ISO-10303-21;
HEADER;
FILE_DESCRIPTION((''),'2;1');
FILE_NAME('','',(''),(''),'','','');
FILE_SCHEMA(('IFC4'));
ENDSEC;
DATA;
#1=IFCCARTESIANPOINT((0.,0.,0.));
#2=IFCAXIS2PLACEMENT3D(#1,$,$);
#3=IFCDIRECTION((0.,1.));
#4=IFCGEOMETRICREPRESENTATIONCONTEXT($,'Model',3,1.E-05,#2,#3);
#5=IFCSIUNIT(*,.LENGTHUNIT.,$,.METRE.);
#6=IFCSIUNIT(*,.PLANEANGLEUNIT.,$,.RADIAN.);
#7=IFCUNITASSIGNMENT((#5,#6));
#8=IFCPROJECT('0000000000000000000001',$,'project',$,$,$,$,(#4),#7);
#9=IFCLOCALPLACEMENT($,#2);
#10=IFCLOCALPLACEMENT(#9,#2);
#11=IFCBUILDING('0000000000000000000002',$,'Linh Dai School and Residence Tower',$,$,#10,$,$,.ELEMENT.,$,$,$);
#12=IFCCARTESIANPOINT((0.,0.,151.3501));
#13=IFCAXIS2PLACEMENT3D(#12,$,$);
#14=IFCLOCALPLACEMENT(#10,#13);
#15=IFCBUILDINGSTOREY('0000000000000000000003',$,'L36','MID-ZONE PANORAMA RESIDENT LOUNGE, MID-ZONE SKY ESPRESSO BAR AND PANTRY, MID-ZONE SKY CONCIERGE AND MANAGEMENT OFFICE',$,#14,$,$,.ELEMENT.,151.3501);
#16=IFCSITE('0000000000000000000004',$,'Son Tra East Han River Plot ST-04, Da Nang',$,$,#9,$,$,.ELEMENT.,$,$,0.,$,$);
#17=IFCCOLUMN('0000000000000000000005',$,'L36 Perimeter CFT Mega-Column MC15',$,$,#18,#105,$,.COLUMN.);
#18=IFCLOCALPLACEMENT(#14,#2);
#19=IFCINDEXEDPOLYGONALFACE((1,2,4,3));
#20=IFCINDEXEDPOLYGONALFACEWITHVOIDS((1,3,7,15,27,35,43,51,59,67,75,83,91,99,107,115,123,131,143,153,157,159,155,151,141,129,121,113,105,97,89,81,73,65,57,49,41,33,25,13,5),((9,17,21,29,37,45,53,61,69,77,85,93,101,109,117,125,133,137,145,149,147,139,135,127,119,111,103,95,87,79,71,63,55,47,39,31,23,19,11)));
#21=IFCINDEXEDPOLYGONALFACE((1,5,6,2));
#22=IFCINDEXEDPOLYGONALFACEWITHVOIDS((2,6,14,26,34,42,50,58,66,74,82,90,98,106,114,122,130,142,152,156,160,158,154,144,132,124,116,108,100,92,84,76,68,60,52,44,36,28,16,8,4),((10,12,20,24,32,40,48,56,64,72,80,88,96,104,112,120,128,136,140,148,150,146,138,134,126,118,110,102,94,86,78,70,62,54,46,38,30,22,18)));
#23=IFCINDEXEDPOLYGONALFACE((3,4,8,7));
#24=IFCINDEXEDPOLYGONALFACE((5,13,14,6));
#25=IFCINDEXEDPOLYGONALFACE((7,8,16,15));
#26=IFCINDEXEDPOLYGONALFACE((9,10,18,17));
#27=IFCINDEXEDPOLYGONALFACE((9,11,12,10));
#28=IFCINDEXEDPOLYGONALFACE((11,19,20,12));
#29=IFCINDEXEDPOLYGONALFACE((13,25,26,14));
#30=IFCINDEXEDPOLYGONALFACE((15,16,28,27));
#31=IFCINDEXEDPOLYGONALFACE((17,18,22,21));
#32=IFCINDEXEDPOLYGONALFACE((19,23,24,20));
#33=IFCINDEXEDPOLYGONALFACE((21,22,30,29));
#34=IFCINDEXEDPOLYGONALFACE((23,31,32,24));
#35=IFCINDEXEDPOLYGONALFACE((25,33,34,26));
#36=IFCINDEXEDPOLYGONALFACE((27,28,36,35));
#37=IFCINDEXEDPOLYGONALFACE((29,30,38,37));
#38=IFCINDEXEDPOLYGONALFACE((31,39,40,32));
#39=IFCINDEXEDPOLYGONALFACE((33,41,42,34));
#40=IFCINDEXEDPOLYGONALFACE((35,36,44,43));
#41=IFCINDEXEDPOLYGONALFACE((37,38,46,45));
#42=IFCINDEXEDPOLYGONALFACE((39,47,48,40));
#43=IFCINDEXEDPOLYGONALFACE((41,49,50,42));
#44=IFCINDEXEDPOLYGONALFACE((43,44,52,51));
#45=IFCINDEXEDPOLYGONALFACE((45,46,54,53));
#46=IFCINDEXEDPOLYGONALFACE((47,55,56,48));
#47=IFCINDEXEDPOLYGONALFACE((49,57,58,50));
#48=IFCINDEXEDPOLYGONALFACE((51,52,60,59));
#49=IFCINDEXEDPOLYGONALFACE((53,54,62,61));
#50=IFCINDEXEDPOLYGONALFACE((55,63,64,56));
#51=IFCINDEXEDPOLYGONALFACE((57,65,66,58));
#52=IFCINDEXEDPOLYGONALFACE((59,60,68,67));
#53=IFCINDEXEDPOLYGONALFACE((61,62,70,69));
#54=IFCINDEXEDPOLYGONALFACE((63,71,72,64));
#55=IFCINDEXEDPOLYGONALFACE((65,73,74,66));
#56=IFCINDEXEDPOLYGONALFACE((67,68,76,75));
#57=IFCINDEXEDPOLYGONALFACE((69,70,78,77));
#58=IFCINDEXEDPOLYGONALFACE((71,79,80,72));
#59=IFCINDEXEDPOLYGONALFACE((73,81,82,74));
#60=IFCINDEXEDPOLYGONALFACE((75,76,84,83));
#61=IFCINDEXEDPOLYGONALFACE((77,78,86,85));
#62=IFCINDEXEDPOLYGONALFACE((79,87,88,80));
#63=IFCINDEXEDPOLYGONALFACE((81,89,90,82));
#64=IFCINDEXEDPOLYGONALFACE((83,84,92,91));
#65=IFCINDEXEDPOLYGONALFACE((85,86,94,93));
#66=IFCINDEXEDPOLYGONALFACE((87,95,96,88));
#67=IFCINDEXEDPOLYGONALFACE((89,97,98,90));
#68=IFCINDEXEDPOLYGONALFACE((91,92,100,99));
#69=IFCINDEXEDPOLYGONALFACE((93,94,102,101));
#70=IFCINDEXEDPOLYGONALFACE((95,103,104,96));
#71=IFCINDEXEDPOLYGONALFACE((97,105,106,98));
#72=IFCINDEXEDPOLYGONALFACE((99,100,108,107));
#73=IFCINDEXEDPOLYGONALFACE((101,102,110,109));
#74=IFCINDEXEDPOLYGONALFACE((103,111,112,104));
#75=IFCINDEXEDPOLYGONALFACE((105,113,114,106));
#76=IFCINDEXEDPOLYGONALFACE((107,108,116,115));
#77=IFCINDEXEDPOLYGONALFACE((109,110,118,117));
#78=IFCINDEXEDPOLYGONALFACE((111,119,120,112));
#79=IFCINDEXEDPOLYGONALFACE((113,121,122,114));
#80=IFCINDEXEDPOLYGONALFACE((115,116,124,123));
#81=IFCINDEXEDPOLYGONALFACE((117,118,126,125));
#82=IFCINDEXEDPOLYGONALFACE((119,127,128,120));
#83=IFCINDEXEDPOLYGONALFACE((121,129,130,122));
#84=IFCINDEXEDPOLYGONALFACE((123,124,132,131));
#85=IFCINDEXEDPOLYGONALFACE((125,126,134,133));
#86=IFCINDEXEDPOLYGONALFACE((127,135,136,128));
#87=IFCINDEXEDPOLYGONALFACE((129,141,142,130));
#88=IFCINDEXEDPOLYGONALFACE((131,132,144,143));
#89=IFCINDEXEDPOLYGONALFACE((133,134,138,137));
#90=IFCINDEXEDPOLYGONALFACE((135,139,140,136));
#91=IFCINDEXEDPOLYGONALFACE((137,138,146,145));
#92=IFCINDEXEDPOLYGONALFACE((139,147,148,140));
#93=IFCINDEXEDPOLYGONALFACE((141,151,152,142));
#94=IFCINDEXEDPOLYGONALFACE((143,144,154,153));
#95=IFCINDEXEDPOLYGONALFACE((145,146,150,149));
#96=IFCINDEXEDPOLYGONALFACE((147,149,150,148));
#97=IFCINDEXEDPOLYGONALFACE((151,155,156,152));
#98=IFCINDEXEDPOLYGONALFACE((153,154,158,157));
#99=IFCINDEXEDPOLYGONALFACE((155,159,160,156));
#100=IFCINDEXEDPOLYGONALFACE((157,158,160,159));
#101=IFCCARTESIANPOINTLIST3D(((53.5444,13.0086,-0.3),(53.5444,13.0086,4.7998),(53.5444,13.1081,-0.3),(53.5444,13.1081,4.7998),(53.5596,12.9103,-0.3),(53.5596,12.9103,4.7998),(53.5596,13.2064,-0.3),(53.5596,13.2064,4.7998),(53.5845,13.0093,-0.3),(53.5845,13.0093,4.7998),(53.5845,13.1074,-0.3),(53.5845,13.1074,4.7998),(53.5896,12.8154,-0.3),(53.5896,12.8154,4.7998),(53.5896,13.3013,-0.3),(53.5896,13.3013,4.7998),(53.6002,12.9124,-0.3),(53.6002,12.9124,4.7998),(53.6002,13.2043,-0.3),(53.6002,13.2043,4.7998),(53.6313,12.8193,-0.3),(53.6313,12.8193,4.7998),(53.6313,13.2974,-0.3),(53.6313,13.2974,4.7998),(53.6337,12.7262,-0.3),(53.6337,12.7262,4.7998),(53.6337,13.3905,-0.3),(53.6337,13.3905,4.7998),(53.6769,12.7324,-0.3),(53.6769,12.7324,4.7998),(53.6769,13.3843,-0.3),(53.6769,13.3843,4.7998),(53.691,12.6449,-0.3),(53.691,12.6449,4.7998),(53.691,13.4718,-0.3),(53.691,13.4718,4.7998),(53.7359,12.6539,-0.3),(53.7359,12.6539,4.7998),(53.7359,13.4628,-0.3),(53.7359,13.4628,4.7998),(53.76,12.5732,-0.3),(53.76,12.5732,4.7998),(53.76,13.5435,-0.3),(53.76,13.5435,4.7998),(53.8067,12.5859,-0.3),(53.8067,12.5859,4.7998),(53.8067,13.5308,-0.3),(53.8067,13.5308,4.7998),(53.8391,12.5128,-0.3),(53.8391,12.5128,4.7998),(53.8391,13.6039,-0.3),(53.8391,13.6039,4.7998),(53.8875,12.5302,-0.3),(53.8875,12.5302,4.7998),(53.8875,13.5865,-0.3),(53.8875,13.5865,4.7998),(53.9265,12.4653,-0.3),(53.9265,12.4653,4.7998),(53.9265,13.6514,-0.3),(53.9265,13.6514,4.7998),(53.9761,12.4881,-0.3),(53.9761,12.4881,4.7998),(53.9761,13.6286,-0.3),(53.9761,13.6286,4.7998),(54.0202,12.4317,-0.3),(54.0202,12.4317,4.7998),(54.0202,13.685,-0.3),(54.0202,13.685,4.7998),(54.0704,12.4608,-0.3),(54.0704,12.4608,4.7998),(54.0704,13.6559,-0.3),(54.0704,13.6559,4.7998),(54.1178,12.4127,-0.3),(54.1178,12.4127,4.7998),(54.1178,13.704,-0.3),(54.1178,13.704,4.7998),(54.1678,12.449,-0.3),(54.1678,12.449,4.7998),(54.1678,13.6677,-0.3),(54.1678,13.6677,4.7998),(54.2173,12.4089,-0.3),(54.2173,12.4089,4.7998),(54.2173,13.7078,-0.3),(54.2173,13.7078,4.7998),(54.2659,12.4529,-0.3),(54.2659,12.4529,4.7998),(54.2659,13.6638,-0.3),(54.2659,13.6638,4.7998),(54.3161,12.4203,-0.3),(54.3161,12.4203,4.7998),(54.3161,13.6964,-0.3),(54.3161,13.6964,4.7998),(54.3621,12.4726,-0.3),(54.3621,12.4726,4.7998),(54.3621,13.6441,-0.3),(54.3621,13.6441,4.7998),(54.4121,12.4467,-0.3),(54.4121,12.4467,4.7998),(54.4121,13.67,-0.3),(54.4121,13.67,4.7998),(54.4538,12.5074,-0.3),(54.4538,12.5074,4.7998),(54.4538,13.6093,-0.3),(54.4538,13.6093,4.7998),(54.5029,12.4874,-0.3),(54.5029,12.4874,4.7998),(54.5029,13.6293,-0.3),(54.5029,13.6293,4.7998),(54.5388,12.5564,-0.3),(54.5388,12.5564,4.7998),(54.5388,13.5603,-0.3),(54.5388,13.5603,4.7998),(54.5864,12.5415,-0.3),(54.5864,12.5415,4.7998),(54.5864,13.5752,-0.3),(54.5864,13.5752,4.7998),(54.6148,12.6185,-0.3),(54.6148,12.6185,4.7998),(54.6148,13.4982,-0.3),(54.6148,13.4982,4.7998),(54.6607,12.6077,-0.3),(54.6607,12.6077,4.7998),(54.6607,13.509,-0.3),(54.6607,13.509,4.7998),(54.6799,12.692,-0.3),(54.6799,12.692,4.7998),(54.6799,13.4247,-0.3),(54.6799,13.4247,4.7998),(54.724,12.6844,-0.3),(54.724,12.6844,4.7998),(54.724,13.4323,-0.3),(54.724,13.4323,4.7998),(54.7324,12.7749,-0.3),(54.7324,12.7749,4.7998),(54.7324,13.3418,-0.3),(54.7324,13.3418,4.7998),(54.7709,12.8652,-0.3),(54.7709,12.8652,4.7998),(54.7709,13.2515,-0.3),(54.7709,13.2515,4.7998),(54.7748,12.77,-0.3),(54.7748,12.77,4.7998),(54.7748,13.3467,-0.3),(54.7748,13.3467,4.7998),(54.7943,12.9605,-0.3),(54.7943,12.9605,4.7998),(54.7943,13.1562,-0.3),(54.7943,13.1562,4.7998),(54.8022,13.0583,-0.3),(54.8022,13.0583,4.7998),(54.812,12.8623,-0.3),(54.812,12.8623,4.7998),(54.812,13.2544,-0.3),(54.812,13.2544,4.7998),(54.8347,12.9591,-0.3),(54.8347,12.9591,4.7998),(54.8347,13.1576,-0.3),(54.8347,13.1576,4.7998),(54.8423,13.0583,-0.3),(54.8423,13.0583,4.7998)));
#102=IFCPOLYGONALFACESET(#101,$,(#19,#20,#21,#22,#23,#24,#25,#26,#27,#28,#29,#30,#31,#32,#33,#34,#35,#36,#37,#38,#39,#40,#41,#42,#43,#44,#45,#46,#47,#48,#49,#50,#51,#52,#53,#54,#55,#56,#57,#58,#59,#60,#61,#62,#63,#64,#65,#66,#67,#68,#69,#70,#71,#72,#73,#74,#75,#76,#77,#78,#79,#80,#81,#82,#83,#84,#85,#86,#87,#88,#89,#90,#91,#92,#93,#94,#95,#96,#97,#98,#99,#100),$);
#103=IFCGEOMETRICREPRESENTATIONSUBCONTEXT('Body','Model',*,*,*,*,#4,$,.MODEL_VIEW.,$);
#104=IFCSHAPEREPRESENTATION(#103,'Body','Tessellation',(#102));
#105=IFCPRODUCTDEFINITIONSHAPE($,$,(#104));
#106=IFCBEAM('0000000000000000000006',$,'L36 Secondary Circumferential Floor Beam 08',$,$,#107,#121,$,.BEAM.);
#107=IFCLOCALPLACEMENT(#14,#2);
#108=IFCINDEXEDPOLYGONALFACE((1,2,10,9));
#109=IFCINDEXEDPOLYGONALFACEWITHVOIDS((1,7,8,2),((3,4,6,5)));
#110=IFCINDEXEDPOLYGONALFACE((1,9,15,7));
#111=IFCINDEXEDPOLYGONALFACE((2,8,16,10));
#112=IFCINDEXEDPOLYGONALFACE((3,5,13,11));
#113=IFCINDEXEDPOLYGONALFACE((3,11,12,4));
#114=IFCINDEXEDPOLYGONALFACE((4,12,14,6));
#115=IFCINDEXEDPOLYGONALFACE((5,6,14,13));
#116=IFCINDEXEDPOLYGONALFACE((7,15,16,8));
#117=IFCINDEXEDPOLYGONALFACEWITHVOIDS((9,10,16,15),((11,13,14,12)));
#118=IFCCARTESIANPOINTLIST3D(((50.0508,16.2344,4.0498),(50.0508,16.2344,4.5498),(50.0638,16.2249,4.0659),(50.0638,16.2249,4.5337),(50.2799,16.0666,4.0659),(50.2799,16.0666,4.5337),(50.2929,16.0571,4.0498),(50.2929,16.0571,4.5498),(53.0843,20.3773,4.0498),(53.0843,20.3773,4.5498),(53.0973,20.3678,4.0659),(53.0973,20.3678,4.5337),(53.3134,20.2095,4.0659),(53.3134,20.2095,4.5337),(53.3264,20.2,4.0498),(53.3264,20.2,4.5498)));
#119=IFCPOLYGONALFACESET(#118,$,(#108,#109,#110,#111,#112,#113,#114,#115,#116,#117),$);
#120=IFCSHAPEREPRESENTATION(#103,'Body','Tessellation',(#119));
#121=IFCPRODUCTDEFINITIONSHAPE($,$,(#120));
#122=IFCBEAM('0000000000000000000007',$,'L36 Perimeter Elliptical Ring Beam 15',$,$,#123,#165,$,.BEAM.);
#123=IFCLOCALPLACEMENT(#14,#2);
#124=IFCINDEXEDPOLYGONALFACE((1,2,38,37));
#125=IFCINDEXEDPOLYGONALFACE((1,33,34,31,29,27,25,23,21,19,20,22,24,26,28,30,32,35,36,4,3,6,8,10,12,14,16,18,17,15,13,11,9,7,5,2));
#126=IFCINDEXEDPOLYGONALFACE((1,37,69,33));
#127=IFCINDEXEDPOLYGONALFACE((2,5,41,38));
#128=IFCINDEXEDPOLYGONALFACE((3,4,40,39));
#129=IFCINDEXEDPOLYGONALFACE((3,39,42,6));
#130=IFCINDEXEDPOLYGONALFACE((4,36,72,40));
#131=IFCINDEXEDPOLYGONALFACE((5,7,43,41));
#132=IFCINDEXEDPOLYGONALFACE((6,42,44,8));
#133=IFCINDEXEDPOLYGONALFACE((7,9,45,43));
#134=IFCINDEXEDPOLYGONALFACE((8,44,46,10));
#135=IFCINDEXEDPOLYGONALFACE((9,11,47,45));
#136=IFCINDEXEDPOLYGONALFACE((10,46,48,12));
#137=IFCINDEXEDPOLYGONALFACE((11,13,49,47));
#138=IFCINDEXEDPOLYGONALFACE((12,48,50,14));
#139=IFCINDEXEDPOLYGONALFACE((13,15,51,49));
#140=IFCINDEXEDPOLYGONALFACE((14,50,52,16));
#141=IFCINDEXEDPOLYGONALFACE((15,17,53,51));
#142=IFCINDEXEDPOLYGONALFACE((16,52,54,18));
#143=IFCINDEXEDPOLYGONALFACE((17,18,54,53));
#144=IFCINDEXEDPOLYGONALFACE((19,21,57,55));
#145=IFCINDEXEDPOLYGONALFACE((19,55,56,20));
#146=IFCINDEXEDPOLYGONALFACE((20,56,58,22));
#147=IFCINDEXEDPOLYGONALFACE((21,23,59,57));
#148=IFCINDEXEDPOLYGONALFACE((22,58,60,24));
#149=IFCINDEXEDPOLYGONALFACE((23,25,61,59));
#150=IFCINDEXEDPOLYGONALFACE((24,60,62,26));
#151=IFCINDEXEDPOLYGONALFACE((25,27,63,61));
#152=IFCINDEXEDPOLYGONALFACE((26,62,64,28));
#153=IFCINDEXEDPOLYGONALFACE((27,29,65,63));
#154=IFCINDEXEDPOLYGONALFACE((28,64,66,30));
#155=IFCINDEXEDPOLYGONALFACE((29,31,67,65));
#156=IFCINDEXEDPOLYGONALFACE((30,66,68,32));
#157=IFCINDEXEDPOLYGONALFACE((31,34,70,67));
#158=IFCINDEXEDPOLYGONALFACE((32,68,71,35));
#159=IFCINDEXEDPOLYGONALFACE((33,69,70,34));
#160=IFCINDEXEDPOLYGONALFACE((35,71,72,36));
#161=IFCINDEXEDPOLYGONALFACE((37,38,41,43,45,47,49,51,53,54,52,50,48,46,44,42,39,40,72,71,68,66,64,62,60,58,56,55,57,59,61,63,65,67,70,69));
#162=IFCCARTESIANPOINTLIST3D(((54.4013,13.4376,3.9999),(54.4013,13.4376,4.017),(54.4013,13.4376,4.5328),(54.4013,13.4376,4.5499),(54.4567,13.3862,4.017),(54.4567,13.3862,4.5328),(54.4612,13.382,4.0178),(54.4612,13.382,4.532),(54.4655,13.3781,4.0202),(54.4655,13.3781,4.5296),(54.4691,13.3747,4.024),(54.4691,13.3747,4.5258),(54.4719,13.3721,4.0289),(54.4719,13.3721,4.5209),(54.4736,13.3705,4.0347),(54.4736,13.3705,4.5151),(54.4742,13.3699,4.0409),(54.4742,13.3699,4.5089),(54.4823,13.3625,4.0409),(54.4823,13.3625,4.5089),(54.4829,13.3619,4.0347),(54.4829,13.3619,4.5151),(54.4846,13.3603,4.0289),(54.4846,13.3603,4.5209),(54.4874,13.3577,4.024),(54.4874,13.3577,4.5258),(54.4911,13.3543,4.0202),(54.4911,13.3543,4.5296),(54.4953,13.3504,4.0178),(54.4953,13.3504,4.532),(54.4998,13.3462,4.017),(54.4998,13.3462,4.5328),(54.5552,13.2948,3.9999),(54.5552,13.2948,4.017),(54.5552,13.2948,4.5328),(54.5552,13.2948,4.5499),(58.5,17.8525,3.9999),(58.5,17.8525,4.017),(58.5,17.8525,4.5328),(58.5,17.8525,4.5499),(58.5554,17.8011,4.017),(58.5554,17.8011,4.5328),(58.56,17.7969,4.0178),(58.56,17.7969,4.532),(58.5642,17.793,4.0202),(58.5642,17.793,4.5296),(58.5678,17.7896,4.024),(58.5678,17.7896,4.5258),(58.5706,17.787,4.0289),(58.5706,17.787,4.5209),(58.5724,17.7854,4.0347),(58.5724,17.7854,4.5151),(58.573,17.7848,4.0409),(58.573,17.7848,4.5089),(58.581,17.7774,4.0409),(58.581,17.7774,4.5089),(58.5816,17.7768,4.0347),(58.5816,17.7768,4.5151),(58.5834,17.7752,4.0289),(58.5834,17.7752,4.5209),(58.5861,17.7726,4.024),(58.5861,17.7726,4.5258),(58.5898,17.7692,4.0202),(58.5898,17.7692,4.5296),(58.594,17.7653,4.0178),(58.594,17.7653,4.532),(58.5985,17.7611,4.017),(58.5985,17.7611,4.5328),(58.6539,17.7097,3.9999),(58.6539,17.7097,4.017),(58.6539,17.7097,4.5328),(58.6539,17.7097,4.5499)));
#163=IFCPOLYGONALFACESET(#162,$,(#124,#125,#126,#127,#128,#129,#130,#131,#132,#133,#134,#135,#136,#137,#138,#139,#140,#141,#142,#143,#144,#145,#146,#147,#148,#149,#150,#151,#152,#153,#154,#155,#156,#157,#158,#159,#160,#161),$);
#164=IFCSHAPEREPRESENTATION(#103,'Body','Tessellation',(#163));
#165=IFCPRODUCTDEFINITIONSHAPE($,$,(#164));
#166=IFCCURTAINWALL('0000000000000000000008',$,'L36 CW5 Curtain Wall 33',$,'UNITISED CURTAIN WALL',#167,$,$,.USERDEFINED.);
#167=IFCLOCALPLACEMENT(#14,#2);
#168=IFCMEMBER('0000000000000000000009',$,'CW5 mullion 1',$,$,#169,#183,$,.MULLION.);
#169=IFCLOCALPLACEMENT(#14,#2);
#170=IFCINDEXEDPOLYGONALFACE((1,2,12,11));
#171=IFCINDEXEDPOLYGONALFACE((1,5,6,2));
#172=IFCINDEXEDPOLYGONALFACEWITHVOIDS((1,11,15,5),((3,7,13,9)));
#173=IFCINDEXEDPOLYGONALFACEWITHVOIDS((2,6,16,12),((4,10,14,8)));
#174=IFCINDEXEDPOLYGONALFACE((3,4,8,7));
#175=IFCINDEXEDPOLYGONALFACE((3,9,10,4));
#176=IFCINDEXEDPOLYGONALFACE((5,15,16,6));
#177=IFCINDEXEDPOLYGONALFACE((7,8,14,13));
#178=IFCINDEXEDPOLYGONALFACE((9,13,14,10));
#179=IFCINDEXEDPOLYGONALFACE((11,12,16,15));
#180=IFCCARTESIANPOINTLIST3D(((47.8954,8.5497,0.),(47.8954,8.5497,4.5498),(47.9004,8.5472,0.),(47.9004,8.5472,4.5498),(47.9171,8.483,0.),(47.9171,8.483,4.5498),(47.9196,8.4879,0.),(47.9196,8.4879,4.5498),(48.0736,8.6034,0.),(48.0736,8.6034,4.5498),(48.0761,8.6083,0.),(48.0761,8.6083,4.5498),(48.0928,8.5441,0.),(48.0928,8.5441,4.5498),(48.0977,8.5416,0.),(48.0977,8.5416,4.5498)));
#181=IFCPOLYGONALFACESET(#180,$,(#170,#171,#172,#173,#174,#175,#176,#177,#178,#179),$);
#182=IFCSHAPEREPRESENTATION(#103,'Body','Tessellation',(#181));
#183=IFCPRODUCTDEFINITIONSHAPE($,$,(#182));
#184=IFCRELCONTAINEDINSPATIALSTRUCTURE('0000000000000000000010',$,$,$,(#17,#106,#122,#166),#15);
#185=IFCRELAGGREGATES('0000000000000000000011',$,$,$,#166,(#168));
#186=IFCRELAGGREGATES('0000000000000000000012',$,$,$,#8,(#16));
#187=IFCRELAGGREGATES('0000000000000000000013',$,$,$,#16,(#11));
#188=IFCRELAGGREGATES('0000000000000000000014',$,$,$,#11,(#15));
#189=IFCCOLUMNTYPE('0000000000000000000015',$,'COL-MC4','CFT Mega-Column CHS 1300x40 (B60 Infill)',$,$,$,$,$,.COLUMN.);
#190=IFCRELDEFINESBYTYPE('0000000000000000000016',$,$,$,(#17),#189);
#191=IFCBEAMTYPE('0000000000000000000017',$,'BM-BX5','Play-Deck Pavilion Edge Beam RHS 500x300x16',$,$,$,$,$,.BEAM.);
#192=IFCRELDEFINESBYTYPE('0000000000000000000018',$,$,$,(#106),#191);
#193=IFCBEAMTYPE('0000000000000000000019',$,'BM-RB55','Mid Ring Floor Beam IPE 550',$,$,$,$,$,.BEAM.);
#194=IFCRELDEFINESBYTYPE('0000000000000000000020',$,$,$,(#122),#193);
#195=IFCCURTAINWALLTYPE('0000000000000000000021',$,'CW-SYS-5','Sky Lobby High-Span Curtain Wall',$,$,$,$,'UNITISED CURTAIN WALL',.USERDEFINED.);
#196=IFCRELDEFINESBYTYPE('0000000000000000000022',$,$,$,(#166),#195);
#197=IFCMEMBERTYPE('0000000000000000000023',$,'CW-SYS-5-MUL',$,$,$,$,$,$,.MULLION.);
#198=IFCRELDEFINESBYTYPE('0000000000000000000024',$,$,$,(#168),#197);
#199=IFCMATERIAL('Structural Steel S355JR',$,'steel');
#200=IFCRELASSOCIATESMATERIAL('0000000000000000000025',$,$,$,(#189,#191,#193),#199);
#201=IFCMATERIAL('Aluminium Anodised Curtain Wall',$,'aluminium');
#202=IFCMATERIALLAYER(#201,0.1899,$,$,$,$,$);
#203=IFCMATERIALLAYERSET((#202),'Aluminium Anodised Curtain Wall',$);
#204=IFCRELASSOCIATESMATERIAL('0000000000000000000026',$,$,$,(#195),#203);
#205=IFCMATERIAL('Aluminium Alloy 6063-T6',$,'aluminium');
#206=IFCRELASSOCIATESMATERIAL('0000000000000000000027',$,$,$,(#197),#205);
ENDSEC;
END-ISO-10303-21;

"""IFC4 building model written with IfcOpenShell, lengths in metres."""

from ifc_helpers import new_model, si_unit, direction, frame, origin, origin_2d, place, context, subcontext, project, spatial, hollow_rectangle, hollow_circle, i_section, extrude, source, transform, mapped, material, layer, layer_set, material_profile, profile_set, type_object, element, aggregate, save


model = new_model("IFC4")

# Units and contexts
model_context = context("Model", 3, precision=1e-05, world=origin(), true_north=direction((0.0, 1.0)))
body_context = subcontext(model_context, "Body", "Model", "MODEL_VIEW")
ifc_project = project(units=[si_unit("LENGTHUNIT", "METRE"), si_unit("PLANEANGLEUNIT", "RADIAN")], contexts=[model_context])

# Site, building, storey
site_placement = place(None, origin())
site = spatial("IfcSite", under=ifc_project, at=site_placement, Name="Son Tra East Han River Plot ST-04, Da Nang", CompositionType="ELEMENT", RefElevation=0.0)
building_placement = place(site_placement, origin())
building = spatial("IfcBuilding", under=site, at=building_placement, Name="Linh Dai School and Residence Tower", CompositionType="ELEMENT")
storey_placement = place(building_placement, frame((0.0, 0.0, 151.3501)))
storey = spatial("IfcBuildingStorey", under=building, at=storey_placement, Name="L36", Description="MID-ZONE PANORAMA RESIDENT LOUNGE, MID-ZONE SKY ESPRESSO BAR AND PANTRY, MID-ZONE SKY CONCIERGE AND MANAGEMENT OFFICE", CompositionType="ELEMENT", Elevation=151.3501)

# Column
ifc_material_1 = material(Name="Structural Steel S355JR", Category="steel")
ifc_material_profile_1 = material_profile(ifc_material_1, hollow_circle(Radius=0.6499, WallThickness=0.04, at=origin_2d()), Name="CHS 1300x40")
ifc_profile_set_1 = profile_set([ifc_material_profile_1], Name="Structural Steel S355JR")
column_type = type_object("IfcColumnType", Name="COL-MC4", Description="CFT Mega-Column CHS 1300x40 (B60 Infill)", PredefinedType="COLUMN", material=ifc_profile_set_1)
column_placement = place(storey_placement, frame((54.1924, 13.0583, -0.3), z_axis=(0.0, 0.0, 1.0), x_axis=(1.0, 0.0, 0.0)))
element("IfcColumn", 1, at=column_placement, inside=storey, type_object=column_type, Name="L36 Perimeter CFT Mega-Column MC15", PredefinedType="COLUMN", context=body_context, shape_type="SweptSolid", body=[
    extrude(hollow_circle(Radius=0.6499, WallThickness=0.04, at=origin_2d()), origin(), (0.0, 0.0, 1.0), 5.0999),
])

# Beams
ifc_material_profile_2 = material_profile(ifc_material_1, hollow_rectangle(XDim=0.3, YDim=0.5, WallThickness=0.0161, at=origin_2d()), Name="RHS 500x300x16")
ifc_profile_set_2 = profile_set([ifc_material_profile_2], Name="Structural Steel S355JR")
beam_type_1 = type_object("IfcBeamType", Name="BM-BX5", Description="Play-Deck Pavilion Edge Beam RHS 500x300x16", PredefinedType="BEAM", material=ifc_profile_set_2)
beam_1_placement = place(storey_placement, frame((50.1719, 16.1458, 4.2998), z_axis=(0.590778, 0.806834, 0.0), x_axis=(-0.806834, 0.590778, 0.0)))
element("IfcBeam", 2, at=beam_1_placement, inside=storey, type_object=beam_type_1, Name="L36 Secondary Circumferential Floor Beam 08", PredefinedType="BEAM", context=body_context, shape_type="SweptSolid", body=[
    extrude(hollow_rectangle(XDim=0.3, YDim=0.5, WallThickness=0.0161, at=origin_2d()), origin(), (0.0, 0.0, 1.0), 5.1348),
])
ifc_material_profile_3 = material_profile(ifc_material_1, i_section(OverallWidth=0.21, OverallDepth=0.55, WebThickness=0.011, FlangeThickness=0.0171, FilletRadius=0.0239, at=origin_2d()), Name="IPE 550")
ifc_profile_set_3 = profile_set([ifc_material_profile_3], Name="Structural Steel S355JR")
beam_type_2 = type_object("IfcBeamType", Name="BM-RB55", Description="Mid Ring Floor Beam IPE 550", PredefinedType="BEAM", material=ifc_profile_set_3)
beam_2_placement = place(storey_placement, frame((54.4783, 13.3662, 4.2749), z_axis=(0.680378, 0.732861, 0.0), x_axis=(-0.732861, 0.680378, 0.0)))
element("IfcBeam", 3, at=beam_2_placement, inside=storey, type_object=beam_type_2, Name="L36 Perimeter Elliptical Ring Beam 15", PredefinedType="BEAM", context=body_context, shape_type="SweptSolid", body=[
    extrude(i_section(OverallWidth=0.21, OverallDepth=0.55, WebThickness=0.011, FlangeThickness=0.0171, FilletRadius=0.0239, at=origin_2d()), origin(), (0.0, 0.0, 1.0), 6.0242),
])

# Curtain wall, member
ifc_material_2 = material(Name="Aluminium Anodised Curtain Wall", Category="aluminium")
ifc_layer_1 = layer(ifc_material_2, 0.1899)
ifc_layer_set_1 = layer_set([ifc_layer_1], Name="Aluminium Anodised Curtain Wall")
curtain_wall_type = type_object("IfcCurtainWallType", Name="CW-SYS-5", Description="Sky Lobby High-Span Curtain Wall", ElementType="UNITISED CURTAIN WALL", PredefinedType="USERDEFINED", material=ifc_layer_set_1)
curtain_wall_1_placement = place(storey_placement, origin())
curtain_wall_1 = element("IfcCurtainWall", 4, at=curtain_wall_1_placement, inside=storey, type_object=curtain_wall_type, Name="L36 CW5 Curtain Wall 33", ObjectType="UNITISED CURTAIN WALL", PredefinedType="USERDEFINED")
ifc_material_3 = material(Name="Aluminium Alloy 6063-T6", Category="aluminium")
ifc_material_profile_4 = material_profile(ifc_material_3, hollow_rectangle(XDim=0.0701, YDim=0.1899, WallThickness=0.0039, at=origin_2d()), Name="RHS 190x70x4")
ifc_profile_set_4 = profile_set([ifc_material_profile_4], Name="Aluminium Alloy 6063-T6")
member_type_1 = type_object("IfcMemberType", Name="CW-SYS-5-MUL", PredefinedType="MULLION", material=ifc_profile_set_4)
shared_shape_1 = source(origin(), body_context, "Body", "SweptSolid", [
    extrude(hollow_rectangle(XDim=0.0701, YDim=0.1899, WallThickness=0.0039, at=origin_2d()), origin(), (0.0, 0.0, 1.0), 4.5498),
])
member_1_placement = place(storey_placement, frame((47.9966, 8.5457, 0.0), z_axis=(0.0, 0.0, 1.0), x_axis=(0.308536, -0.951213, 0.0)))
member_1 = element("IfcMember", 5, at=member_1_placement, type_object=member_type_1, Name="CW5 mullion 1", PredefinedType="MULLION", context=body_context, shape_type="MappedRepresentation", body=[
    mapped(shared_shape_1, transform((0.0, 0.0, 0.0), x_axis=(1.0, 0.0, 0.0), y_axis=(0.0, 1.0, 0.0), z_axis=(0.0, 0.0, 1.0), scale=1.0)),
])

aggregate(curtain_wall_1, [member_1])

save(model, "model.ifc")
